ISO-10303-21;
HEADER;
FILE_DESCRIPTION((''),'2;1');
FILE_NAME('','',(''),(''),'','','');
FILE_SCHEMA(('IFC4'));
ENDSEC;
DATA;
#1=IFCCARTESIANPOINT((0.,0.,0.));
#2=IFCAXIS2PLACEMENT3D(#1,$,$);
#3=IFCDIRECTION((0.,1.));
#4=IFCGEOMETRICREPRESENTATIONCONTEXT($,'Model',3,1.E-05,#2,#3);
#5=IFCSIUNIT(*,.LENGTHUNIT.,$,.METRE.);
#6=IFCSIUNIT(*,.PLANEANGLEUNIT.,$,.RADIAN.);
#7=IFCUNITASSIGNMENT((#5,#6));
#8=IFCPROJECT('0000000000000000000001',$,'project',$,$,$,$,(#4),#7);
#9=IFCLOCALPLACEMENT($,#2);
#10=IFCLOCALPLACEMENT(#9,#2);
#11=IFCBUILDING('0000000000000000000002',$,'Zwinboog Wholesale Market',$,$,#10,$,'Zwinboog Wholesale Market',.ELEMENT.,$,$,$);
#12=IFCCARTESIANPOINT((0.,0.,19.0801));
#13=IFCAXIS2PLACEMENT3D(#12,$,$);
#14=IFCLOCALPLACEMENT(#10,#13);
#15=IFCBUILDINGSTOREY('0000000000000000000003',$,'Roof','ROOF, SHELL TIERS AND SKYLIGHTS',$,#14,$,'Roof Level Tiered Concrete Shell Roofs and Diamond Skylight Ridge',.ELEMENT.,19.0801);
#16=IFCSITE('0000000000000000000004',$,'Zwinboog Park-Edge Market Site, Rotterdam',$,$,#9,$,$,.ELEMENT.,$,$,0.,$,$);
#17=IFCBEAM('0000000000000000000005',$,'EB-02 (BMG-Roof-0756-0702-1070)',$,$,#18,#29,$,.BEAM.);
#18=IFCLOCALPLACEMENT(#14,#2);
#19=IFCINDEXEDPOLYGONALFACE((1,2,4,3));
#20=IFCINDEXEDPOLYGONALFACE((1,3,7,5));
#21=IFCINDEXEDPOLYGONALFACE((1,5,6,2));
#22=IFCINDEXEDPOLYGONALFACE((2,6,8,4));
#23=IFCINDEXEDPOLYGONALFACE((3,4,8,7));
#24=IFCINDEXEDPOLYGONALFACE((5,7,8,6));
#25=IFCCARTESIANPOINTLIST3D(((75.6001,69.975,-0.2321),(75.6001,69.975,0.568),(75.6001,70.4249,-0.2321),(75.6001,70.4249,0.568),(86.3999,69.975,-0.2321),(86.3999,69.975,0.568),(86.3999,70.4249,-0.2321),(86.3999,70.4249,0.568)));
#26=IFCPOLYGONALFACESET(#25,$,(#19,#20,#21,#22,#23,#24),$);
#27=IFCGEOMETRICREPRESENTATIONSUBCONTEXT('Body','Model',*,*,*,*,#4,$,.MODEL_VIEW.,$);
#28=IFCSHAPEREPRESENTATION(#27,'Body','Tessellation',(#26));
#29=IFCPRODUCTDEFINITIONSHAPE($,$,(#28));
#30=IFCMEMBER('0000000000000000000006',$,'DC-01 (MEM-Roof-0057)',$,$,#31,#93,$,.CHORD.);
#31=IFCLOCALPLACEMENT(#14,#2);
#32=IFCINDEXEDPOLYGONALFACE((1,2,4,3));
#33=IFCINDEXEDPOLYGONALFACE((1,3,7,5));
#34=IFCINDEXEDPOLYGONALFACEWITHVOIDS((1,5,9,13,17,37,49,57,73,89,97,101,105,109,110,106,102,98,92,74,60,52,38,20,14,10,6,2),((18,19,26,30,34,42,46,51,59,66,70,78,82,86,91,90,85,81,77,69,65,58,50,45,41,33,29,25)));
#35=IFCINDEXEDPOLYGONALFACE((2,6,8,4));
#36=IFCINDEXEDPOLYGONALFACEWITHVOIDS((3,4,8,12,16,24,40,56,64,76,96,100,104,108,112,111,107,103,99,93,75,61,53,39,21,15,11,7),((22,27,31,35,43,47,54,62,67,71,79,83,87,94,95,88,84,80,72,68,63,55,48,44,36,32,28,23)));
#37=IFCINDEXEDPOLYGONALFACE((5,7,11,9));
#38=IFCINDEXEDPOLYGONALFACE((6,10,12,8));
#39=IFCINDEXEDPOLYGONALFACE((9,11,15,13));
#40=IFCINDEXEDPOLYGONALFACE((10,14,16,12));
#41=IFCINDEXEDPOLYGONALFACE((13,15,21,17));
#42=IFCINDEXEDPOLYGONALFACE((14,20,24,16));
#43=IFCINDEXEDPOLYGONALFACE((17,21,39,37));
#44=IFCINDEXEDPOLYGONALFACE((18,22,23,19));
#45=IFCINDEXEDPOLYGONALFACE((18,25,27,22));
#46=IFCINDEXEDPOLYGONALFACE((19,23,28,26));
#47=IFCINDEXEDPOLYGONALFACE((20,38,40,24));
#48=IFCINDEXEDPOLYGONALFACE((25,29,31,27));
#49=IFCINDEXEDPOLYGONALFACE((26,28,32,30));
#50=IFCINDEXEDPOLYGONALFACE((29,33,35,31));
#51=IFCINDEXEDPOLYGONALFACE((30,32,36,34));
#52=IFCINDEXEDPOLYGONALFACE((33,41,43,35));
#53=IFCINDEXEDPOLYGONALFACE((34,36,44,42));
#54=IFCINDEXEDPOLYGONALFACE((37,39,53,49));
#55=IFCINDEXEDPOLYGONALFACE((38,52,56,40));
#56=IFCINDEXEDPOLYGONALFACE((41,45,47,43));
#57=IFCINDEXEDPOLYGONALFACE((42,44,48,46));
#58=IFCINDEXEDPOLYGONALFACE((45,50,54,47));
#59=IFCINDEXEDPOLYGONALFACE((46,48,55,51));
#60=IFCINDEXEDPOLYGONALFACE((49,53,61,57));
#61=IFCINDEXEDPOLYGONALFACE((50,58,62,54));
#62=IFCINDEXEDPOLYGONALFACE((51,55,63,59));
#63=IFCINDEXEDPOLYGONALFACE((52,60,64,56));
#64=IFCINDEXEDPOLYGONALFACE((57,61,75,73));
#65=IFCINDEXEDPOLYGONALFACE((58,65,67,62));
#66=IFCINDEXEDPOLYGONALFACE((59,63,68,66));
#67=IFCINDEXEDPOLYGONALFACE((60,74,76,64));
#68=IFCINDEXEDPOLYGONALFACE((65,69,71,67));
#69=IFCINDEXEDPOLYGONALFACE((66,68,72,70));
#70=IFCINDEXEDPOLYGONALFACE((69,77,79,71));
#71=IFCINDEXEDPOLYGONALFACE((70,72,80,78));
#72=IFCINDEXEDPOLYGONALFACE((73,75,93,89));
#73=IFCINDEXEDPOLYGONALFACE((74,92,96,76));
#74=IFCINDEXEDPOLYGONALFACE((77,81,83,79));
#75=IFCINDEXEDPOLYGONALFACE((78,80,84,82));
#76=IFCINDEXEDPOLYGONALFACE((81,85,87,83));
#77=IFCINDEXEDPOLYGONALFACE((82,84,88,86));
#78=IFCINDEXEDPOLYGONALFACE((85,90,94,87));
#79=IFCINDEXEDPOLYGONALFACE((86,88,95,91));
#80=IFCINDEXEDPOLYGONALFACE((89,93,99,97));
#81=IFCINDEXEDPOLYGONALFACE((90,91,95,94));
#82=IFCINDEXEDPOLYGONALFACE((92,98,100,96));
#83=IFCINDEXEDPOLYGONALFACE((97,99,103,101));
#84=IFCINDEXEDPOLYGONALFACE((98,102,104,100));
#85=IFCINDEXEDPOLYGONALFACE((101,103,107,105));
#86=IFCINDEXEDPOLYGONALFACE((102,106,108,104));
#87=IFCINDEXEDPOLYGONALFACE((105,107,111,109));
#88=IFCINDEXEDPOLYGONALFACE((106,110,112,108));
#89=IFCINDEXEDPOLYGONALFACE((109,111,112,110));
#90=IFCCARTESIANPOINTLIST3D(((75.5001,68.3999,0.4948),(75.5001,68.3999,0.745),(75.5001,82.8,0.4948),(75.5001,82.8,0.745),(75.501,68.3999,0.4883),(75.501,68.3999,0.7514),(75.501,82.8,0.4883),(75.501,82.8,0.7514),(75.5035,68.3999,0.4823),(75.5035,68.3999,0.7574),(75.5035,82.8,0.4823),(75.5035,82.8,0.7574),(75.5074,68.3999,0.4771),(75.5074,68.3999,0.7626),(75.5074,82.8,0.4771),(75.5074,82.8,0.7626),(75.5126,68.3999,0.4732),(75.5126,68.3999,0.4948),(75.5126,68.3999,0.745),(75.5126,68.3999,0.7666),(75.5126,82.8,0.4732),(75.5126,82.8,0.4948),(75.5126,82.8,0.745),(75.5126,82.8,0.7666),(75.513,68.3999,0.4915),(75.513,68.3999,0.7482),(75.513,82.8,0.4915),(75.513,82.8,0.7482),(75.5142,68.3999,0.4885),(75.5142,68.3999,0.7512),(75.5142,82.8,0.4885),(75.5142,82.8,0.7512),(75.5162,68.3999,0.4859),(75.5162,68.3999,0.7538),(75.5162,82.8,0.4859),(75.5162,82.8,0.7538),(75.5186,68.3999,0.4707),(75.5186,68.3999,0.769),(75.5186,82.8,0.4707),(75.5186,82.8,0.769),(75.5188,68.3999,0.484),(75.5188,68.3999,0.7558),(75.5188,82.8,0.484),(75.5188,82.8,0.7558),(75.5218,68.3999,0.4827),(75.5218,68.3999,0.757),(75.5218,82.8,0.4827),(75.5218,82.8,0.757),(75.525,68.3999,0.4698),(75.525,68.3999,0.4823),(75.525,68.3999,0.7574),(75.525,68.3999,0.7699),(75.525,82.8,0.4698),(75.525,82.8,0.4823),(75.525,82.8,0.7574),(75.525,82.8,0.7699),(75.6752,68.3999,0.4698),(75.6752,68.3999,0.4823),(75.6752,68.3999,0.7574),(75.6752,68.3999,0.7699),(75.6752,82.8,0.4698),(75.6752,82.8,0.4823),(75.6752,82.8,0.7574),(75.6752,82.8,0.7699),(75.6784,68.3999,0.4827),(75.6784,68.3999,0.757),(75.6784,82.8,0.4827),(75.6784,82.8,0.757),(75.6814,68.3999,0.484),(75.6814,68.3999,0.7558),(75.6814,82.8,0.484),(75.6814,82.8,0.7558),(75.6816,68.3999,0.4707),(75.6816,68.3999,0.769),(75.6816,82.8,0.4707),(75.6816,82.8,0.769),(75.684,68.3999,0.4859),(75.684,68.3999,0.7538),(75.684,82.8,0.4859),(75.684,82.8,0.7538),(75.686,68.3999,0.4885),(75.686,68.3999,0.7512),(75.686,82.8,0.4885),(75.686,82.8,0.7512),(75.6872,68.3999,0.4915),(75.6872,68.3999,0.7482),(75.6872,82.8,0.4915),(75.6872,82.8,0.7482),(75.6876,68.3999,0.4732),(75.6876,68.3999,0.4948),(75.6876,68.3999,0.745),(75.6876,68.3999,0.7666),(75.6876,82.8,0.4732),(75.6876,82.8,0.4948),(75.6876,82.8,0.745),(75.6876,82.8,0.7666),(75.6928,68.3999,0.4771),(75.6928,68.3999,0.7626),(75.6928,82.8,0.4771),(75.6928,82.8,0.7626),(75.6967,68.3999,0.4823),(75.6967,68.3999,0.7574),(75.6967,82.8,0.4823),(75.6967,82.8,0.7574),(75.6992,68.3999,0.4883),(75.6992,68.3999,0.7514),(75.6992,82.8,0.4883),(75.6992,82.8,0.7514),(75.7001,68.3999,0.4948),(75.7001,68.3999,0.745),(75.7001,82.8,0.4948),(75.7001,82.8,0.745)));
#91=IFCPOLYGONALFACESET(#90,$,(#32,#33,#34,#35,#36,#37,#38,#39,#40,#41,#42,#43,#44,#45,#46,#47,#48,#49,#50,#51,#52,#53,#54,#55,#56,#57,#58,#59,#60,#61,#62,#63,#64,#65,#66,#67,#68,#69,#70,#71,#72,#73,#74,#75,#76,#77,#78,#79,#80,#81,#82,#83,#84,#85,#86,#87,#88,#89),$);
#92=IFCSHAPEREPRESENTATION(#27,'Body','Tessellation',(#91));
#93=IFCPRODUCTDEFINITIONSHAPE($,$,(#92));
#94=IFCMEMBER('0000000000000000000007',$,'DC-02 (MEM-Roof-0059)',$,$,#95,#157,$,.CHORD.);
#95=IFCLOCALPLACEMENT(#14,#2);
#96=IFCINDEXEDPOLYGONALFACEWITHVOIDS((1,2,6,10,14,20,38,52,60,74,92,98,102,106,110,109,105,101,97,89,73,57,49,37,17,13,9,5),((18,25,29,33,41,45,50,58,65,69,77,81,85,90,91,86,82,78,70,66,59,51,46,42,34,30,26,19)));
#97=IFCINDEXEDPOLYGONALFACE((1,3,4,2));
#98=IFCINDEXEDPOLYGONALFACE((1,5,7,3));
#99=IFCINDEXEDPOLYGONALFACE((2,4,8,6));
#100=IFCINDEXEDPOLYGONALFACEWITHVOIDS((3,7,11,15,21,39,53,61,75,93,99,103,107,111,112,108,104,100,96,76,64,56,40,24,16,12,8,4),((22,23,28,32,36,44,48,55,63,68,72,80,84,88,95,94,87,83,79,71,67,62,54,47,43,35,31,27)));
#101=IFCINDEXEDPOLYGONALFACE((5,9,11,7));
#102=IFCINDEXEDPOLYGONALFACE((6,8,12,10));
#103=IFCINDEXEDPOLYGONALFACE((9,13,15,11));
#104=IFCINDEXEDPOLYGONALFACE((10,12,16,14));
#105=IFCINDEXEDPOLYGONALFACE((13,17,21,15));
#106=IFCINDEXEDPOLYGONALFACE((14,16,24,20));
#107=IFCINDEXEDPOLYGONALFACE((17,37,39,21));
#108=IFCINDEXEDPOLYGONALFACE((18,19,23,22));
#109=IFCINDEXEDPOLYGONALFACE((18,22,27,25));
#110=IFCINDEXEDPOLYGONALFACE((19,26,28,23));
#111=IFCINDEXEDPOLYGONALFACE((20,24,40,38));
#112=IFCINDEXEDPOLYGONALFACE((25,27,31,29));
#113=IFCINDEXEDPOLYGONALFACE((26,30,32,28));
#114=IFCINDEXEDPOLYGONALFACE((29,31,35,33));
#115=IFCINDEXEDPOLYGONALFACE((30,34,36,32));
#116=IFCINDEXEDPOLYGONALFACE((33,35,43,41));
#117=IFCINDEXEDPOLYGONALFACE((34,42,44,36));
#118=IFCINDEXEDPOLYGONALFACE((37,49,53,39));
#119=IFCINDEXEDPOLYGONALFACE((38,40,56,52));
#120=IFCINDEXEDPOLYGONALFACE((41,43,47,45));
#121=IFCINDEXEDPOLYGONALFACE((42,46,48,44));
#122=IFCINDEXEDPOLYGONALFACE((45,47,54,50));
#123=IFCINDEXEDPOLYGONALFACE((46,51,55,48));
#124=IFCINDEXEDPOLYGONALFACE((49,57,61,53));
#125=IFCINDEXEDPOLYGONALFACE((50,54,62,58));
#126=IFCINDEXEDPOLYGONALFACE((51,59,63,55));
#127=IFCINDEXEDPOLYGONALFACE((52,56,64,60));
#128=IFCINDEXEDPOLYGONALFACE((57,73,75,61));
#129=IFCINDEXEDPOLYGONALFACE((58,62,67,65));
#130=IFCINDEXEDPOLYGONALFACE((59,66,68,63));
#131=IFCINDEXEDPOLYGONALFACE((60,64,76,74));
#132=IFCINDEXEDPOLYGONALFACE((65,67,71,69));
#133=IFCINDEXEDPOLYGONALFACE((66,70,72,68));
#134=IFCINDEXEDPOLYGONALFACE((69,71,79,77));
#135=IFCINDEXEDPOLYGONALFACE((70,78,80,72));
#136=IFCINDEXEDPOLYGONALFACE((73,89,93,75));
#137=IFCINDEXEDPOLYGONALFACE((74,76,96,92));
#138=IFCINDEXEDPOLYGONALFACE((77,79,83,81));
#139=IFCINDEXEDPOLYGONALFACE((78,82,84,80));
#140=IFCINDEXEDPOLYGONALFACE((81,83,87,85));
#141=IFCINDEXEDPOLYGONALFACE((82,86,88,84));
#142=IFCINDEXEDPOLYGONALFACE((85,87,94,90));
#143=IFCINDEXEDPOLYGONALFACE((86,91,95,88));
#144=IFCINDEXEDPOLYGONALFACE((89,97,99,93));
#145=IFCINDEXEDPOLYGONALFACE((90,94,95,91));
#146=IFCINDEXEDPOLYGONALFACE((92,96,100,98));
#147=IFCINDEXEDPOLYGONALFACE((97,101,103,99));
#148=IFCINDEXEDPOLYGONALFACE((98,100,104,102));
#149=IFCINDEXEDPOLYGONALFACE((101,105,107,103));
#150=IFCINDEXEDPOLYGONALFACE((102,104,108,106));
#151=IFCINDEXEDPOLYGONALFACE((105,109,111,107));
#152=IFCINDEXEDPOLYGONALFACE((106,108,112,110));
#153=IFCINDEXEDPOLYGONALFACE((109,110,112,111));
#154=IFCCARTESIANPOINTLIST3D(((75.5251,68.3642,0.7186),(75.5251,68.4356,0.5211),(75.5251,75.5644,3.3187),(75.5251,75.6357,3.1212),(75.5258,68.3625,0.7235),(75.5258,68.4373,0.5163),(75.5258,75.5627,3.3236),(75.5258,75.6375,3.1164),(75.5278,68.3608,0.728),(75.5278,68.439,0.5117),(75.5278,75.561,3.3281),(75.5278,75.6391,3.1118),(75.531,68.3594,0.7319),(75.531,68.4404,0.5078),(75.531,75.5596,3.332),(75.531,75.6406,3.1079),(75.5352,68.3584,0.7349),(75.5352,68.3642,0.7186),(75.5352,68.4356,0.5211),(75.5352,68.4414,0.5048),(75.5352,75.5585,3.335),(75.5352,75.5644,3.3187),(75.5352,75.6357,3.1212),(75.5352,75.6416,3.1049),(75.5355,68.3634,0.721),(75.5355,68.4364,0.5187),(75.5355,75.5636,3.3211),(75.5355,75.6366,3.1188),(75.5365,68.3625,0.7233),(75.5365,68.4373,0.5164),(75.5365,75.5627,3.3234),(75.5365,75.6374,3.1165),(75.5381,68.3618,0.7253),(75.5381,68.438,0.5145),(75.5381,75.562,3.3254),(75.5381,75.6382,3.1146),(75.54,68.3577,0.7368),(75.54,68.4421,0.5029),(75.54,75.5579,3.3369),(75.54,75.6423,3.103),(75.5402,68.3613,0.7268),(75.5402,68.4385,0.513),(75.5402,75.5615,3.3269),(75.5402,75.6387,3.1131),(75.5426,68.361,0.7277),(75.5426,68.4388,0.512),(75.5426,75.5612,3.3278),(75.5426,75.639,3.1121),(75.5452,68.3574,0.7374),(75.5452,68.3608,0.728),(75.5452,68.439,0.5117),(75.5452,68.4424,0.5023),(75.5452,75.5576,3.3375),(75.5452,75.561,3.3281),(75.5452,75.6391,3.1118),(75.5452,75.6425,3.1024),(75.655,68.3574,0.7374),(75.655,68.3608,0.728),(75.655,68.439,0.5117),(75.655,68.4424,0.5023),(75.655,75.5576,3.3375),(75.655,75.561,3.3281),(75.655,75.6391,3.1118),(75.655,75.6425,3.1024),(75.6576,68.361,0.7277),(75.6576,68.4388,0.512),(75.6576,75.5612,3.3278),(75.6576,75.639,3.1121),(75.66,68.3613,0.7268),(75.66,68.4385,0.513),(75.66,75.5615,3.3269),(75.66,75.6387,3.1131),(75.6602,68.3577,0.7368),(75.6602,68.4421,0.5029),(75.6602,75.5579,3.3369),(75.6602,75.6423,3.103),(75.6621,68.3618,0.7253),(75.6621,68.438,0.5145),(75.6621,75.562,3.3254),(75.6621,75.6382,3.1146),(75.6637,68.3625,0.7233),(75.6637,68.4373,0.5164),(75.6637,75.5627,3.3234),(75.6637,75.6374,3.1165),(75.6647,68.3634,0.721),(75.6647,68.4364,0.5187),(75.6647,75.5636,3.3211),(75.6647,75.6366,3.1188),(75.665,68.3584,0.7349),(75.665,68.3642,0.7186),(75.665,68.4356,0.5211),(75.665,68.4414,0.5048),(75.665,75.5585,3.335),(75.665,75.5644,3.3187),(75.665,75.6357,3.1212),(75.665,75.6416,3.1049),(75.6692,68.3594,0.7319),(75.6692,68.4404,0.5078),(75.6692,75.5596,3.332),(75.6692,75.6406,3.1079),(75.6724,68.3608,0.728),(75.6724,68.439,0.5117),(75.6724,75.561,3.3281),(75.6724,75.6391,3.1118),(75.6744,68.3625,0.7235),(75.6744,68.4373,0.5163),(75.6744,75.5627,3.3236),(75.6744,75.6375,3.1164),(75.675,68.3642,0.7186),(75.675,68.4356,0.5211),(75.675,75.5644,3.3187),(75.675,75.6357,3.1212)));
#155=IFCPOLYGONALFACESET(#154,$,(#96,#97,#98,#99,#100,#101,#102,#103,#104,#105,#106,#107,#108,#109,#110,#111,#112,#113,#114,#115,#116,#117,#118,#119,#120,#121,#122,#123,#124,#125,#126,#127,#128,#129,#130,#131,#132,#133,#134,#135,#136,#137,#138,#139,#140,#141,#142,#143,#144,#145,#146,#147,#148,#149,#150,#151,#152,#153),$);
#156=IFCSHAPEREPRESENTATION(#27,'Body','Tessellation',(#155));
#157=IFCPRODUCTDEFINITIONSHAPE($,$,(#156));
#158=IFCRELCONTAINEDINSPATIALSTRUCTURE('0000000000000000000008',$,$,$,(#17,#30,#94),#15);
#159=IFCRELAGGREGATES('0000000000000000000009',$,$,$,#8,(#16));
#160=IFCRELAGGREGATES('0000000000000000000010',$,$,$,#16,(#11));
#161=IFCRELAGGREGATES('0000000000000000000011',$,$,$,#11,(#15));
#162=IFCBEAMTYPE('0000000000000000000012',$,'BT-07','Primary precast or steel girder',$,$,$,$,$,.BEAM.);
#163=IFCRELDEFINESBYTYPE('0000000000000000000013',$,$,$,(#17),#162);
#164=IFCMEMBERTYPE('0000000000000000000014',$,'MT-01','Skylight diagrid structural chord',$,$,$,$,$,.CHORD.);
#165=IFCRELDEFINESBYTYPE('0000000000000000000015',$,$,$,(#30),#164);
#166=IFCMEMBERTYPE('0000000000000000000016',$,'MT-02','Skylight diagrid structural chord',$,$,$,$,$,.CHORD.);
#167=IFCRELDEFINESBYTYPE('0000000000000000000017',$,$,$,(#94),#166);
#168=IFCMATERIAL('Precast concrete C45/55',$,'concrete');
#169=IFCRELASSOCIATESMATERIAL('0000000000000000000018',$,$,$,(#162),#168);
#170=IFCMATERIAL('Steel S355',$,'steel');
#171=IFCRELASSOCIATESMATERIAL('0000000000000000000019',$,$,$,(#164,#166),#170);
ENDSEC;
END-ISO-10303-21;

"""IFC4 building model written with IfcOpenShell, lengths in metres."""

from ifc_helpers import new_model, si_unit, direction, frame, origin, origin_2d, place, context, subcontext, project, spatial, rectangle, hollow_rectangle, extrude, material, material_profile, profile_set, type_object, element, save


model = new_model("IFC4")

# Units and contexts
model_context = context("Model", 3, precision=1e-05, world=origin(), true_north=direction((0.0, 1.0)))
body_context = subcontext(model_context, "Body", "Model", "MODEL_VIEW")
ifc_project = project(units=[si_unit("LENGTHUNIT", "METRE"), si_unit("PLANEANGLEUNIT", "RADIAN")], contexts=[model_context])

# Site, building, storey
site_placement = place(None, origin())
site = spatial("IfcSite", under=ifc_project, at=site_placement, Name="Zwinboog Park-Edge Market Site, Rotterdam", CompositionType="ELEMENT", RefElevation=0.0)
building_placement = place(site_placement, origin())
building = spatial("IfcBuilding", under=site, at=building_placement, Name="Zwinboog Wholesale Market", LongName="Zwinboog Wholesale Market", CompositionType="ELEMENT")
storey_placement = place(building_placement, frame((0.0, 0.0, 19.0801)))
storey = spatial("IfcBuildingStorey", under=building, at=storey_placement, Name="Roof", Description="ROOF, SHELL TIERS AND SKYLIGHTS", LongName="Roof Level Tiered Concrete Shell Roofs and Diamond Skylight Ridge", CompositionType="ELEMENT", Elevation=19.0801)

# Beam
ifc_material_1 = material(Name="Precast concrete C45/55", Category="concrete")
ifc_material_profile_1 = material_profile(ifc_material_1, rectangle(XDim=0.45, YDim=0.8, at=origin_2d()), Name="PC 450x800")
ifc_profile_set_1 = profile_set([ifc_material_profile_1], Name="Precast concrete C45/55")
beam_type = type_object("IfcBeamType", Name="BT-07", Description="Primary precast or steel girder", PredefinedType="BEAM", material=ifc_profile_set_1)
beam_placement = place(storey_placement, frame((75.6001, 70.2, 0.168), z_axis=(1.0, 0.0, 0.0), x_axis=(0.0, 1.0, 0.0)))
element("IfcBeam", 1, at=beam_placement, inside=storey, type_object=beam_type, Name="EB-02 (BMG-Roof-0756-0702-1070)", PredefinedType="BEAM", context=body_context, shape_type="SweptSolid", body=[
    extrude(rectangle(XDim=0.45, YDim=0.8, at=origin_2d()), origin(), (0.0, 0.0, 1.0), 10.7998),
])

# Members
ifc_material_2 = material(Name="Steel S355", Category="steel")
ifc_material_profile_2 = material_profile(ifc_material_2, hollow_rectangle(XDim=0.2, YDim=0.3, WallThickness=0.0125, InnerFilletRadius=0.0125, OuterFilletRadius=0.0249, at=origin_2d()), Name="RHS 300x200x12.5")
ifc_profile_set_2 = profile_set([ifc_material_profile_2], Name="Steel S355")
member_type_1 = type_object("IfcMemberType", Name="MT-01", Description="Skylight diagrid structural chord", PredefinedType="CHORD", material=ifc_profile_set_2)
member_1_placement = place(storey_placement, frame((75.6001, 68.3999, 0.6199), z_axis=(0.0, 1.0, 0.0), x_axis=(-1.0, 0.0, 0.0)))
element("IfcMember", 2, at=member_1_placement, inside=storey, type_object=member_type_1, Name="DC-01 (MEM-Roof-0057)", PredefinedType="CHORD", context=body_context, shape_type="SweptSolid", body=[
    extrude(hollow_rectangle(XDim=0.2, YDim=0.3, WallThickness=0.0125, InnerFilletRadius=0.0125, OuterFilletRadius=0.0249, at=origin_2d()), origin(), (0.0, 0.0, 1.0), 14.4001),
])
ifc_material_profile_3 = material_profile(ifc_material_2, hollow_rectangle(XDim=0.1499, YDim=0.25, WallThickness=0.01, InnerFilletRadius=0.01, OuterFilletRadius=0.02, at=origin_2d()), Name="RHS 250x150x10")
ifc_profile_set_3 = profile_set([ifc_material_profile_3], Name="Steel S355")
member_type_2 = type_object("IfcMemberType", Name="MT-02", Description="Skylight diagrid structural chord", PredefinedType="CHORD", material=ifc_profile_set_3)
member_2_placement = place(storey_placement, frame((75.6001, 68.3999, 0.6199), z_axis=(0.0, 0.940553, 0.339648), x_axis=(-1.0, 0.0, 0.0)))
element("IfcMember", 3, at=member_2_placement, inside=storey, type_object=member_type_2, Name="DC-02 (MEM-Roof-0059)", PredefinedType="CHORD", context=body_context, shape_type="SweptSolid", body=[
    extrude(hollow_rectangle(XDim=0.1499, YDim=0.25, WallThickness=0.01, InnerFilletRadius=0.01, OuterFilletRadius=0.02, at=origin_2d()), origin(), (0.0, 0.0, 1.0), 7.6553),
])

save(model, "model.ifc")
